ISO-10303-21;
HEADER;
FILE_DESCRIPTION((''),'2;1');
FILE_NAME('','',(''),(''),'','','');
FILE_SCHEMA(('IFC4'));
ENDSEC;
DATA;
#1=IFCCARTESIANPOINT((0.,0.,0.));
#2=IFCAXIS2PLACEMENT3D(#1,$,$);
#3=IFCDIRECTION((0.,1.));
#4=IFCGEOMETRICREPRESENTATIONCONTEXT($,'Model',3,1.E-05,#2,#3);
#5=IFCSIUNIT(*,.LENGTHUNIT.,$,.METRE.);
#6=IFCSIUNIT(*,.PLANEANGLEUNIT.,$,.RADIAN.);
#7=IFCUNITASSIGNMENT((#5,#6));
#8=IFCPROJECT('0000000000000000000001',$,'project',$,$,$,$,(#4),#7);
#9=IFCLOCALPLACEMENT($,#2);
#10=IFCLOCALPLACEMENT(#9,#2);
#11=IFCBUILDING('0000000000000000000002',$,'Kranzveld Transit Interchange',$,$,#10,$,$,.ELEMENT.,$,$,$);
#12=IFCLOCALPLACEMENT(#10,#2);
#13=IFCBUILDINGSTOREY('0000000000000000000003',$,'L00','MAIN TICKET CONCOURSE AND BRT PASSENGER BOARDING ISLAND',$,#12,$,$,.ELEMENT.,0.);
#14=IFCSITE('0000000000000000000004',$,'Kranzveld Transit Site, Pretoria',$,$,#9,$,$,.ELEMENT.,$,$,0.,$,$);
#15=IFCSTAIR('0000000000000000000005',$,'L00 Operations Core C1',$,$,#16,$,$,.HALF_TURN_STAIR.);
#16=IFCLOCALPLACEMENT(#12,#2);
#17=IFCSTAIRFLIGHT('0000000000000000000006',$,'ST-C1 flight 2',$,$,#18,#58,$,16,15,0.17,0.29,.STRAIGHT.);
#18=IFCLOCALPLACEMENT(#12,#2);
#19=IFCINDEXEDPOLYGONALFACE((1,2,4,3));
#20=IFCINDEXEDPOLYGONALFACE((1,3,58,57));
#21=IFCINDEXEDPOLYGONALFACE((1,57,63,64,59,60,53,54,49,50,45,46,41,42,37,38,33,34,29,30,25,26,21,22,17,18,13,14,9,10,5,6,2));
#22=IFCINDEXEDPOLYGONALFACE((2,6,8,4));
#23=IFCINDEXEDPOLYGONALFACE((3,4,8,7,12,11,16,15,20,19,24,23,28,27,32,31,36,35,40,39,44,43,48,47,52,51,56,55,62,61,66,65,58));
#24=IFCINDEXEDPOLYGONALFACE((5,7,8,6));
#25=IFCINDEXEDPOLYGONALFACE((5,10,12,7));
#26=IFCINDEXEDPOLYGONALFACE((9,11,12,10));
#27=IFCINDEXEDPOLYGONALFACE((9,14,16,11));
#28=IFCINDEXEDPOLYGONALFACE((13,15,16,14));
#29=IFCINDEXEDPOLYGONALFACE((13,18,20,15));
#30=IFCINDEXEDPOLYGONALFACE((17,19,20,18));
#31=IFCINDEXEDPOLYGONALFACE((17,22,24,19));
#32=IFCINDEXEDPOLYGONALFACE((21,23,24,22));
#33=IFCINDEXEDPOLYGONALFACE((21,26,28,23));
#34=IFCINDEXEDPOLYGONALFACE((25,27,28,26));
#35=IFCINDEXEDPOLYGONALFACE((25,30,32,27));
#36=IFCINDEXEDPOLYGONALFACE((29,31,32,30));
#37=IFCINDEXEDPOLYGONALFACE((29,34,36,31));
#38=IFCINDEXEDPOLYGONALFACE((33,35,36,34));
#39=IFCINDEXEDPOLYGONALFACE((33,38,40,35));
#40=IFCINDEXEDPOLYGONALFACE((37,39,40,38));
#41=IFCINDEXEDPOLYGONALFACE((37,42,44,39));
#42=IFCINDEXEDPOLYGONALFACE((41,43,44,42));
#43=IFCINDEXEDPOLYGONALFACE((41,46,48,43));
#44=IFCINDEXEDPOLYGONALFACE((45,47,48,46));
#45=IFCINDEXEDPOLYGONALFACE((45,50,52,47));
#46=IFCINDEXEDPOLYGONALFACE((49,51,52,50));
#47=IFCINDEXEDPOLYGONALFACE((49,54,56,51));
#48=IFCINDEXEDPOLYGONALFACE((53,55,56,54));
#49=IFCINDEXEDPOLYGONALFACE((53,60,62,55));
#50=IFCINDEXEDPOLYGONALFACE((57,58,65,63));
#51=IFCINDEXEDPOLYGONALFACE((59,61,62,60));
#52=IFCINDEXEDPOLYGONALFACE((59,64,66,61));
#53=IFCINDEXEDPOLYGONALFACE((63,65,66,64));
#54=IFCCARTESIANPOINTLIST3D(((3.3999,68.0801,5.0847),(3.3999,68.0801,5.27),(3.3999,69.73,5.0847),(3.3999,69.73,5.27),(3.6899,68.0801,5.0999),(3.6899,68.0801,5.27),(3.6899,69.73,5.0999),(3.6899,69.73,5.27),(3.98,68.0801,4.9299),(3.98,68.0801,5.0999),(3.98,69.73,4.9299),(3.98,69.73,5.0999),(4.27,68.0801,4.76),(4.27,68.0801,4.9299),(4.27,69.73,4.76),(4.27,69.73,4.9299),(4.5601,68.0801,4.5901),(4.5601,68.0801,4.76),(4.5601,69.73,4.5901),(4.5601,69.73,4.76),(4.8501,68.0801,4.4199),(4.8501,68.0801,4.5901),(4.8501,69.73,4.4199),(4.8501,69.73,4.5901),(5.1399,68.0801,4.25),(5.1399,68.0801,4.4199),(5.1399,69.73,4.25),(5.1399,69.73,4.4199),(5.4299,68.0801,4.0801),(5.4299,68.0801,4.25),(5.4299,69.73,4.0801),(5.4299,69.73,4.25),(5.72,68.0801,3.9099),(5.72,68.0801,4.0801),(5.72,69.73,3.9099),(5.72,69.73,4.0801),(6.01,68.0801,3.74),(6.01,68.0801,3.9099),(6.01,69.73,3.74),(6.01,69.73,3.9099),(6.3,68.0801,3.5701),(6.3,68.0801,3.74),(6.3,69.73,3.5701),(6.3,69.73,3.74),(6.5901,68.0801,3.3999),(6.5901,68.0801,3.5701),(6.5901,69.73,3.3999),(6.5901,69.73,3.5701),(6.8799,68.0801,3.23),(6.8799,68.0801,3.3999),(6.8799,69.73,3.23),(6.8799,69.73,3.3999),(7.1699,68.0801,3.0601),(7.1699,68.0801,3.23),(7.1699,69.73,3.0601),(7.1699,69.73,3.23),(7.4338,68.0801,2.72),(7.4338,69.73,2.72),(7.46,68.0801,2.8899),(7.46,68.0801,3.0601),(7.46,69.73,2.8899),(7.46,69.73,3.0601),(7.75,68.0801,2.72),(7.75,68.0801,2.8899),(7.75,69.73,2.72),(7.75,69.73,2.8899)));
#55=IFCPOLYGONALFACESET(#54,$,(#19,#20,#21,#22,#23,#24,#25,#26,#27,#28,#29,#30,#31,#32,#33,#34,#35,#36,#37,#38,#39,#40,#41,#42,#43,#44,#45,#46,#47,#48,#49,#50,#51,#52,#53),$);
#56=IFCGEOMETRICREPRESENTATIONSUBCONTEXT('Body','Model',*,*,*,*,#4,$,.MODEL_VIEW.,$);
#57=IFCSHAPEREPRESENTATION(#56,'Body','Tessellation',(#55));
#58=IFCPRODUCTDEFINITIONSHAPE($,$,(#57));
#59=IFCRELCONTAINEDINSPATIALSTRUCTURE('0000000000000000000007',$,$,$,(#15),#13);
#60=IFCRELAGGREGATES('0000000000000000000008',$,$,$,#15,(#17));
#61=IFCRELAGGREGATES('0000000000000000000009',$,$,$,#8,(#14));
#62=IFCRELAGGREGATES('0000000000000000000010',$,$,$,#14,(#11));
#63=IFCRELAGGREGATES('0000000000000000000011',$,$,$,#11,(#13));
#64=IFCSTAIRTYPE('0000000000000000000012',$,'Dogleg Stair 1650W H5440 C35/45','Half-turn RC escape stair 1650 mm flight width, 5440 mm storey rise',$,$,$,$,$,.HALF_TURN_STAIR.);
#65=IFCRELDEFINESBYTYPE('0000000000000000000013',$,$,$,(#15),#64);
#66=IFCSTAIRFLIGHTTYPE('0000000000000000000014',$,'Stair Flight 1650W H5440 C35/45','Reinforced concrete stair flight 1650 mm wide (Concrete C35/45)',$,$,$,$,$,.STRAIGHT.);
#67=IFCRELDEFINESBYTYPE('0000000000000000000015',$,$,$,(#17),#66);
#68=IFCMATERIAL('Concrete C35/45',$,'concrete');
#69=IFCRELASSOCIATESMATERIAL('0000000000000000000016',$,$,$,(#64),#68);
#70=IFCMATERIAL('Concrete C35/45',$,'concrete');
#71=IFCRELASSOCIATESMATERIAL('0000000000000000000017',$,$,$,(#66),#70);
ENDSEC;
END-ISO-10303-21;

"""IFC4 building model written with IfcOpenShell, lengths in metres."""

from ifc_helpers import new_model, si_unit, direction, frame, origin, place, context, subcontext, project, spatial, polyline, outline, extrude, material, type_object, element, aggregate, save


model = new_model("IFC4")

# Units and contexts
model_context = context("Model", 3, precision=1e-05, world=origin(), true_north=direction((0.0, 1.0)))
body_context = subcontext(model_context, "Body", "Model", "MODEL_VIEW")
ifc_project = project(units=[si_unit("LENGTHUNIT", "METRE"), si_unit("PLANEANGLEUNIT", "RADIAN")], contexts=[model_context])

# Site, building, storey
site_placement = place(None, origin())
site = spatial("IfcSite", under=ifc_project, at=site_placement, Name="Kranzveld Transit Site, Pretoria", CompositionType="ELEMENT", RefElevation=0.0)
building_placement = place(site_placement, origin())
building = spatial("IfcBuilding", under=site, at=building_placement, Name="Kranzveld Transit Interchange", CompositionType="ELEMENT")
storey_placement = place(building_placement, origin())
storey = spatial("IfcBuildingStorey", under=building, at=storey_placement, Name="L00", Description="MAIN TICKET CONCOURSE AND BRT PASSENGER BOARDING ISLAND", CompositionType="ELEMENT", Elevation=0.0)

# Stair, stair flight
ifc_material_1 = material(Name="Concrete C35/45", Category="concrete")
stair_type = type_object("IfcStairType", Name="Dogleg Stair 1650W H5440 C35/45", Description="Half-turn RC escape stair 1650 mm flight width, 5440 mm storey rise", PredefinedType="HALF_TURN_STAIR", material=ifc_material_1)
stair_placement = place(storey_placement, origin())
stair = element("IfcStair", 1, at=stair_placement, inside=storey, type_object=stair_type, Name="L00 Operations Core C1", PredefinedType="HALF_TURN_STAIR")
ifc_material_2 = material(Name="Concrete C35/45", Category="concrete")
stair_flight_type = type_object("IfcStairFlightType", Name="Stair Flight 1650W H5440 C35/45", Description="Reinforced concrete stair flight 1650 mm wide (Concrete C35/45)", PredefinedType="STRAIGHT", material=ifc_material_2)
stair_flight_1_placement = place(storey_placement, frame((7.75, 68.905, 2.72), z_axis=(0.0, 0.0, 1.0), x_axis=(-1.0, 0.0, 0.0)))
stair_flight_1 = element("IfcStairFlight", 2, at=stair_flight_1_placement, type_object=stair_flight_type, Name="ST-C1 flight 2", NumberOfRisers=16, NumberOfTreads=15, PredefinedType="STRAIGHT", RiserHeight=0.17, TreadLength=0.29, context=body_context, shape_type="SweptSolid", body=[
    extrude(outline(polyline([(0.0, 0.0), (0.0, 0.1699), (0.29, 0.1699), (0.29, 0.3401), (0.5801, 0.3401), (0.5801, 0.51), (0.8701, 0.51), (0.8701, 0.6799), (1.1599, 0.6799), (1.1599, 0.8501), (1.45, 0.8501), (1.45, 1.02), (1.74, 1.02), (1.74, 1.1899), (2.03, 1.1899), (2.03, 1.3601), (2.3201, 1.3601), (2.3201, 1.53), (2.6101, 1.53), (2.6101, 1.7), (2.8999, 1.7), (2.8999, 1.8701), (3.1899, 1.8701), (3.1899, 2.04), (3.48, 2.04), (3.48, 2.21), (3.77, 2.21), (3.77, 2.3799), (4.0601, 2.3799), (4.0601, 2.55), (4.3501, 2.55), (4.3501, 2.72), (4.3501, 2.3647), (0.3162, 0.0), (0.0, 0.0)])), frame((0.0, 0.825, 0.0), z_axis=(0.0, -1.0, 0.0), x_axis=(1.0, 0.0, 0.0)), (0.0, 0.0, 1.0), 1.6499),
])
aggregate(stair, [stair_flight_1])

save(model, "model.ifc")
